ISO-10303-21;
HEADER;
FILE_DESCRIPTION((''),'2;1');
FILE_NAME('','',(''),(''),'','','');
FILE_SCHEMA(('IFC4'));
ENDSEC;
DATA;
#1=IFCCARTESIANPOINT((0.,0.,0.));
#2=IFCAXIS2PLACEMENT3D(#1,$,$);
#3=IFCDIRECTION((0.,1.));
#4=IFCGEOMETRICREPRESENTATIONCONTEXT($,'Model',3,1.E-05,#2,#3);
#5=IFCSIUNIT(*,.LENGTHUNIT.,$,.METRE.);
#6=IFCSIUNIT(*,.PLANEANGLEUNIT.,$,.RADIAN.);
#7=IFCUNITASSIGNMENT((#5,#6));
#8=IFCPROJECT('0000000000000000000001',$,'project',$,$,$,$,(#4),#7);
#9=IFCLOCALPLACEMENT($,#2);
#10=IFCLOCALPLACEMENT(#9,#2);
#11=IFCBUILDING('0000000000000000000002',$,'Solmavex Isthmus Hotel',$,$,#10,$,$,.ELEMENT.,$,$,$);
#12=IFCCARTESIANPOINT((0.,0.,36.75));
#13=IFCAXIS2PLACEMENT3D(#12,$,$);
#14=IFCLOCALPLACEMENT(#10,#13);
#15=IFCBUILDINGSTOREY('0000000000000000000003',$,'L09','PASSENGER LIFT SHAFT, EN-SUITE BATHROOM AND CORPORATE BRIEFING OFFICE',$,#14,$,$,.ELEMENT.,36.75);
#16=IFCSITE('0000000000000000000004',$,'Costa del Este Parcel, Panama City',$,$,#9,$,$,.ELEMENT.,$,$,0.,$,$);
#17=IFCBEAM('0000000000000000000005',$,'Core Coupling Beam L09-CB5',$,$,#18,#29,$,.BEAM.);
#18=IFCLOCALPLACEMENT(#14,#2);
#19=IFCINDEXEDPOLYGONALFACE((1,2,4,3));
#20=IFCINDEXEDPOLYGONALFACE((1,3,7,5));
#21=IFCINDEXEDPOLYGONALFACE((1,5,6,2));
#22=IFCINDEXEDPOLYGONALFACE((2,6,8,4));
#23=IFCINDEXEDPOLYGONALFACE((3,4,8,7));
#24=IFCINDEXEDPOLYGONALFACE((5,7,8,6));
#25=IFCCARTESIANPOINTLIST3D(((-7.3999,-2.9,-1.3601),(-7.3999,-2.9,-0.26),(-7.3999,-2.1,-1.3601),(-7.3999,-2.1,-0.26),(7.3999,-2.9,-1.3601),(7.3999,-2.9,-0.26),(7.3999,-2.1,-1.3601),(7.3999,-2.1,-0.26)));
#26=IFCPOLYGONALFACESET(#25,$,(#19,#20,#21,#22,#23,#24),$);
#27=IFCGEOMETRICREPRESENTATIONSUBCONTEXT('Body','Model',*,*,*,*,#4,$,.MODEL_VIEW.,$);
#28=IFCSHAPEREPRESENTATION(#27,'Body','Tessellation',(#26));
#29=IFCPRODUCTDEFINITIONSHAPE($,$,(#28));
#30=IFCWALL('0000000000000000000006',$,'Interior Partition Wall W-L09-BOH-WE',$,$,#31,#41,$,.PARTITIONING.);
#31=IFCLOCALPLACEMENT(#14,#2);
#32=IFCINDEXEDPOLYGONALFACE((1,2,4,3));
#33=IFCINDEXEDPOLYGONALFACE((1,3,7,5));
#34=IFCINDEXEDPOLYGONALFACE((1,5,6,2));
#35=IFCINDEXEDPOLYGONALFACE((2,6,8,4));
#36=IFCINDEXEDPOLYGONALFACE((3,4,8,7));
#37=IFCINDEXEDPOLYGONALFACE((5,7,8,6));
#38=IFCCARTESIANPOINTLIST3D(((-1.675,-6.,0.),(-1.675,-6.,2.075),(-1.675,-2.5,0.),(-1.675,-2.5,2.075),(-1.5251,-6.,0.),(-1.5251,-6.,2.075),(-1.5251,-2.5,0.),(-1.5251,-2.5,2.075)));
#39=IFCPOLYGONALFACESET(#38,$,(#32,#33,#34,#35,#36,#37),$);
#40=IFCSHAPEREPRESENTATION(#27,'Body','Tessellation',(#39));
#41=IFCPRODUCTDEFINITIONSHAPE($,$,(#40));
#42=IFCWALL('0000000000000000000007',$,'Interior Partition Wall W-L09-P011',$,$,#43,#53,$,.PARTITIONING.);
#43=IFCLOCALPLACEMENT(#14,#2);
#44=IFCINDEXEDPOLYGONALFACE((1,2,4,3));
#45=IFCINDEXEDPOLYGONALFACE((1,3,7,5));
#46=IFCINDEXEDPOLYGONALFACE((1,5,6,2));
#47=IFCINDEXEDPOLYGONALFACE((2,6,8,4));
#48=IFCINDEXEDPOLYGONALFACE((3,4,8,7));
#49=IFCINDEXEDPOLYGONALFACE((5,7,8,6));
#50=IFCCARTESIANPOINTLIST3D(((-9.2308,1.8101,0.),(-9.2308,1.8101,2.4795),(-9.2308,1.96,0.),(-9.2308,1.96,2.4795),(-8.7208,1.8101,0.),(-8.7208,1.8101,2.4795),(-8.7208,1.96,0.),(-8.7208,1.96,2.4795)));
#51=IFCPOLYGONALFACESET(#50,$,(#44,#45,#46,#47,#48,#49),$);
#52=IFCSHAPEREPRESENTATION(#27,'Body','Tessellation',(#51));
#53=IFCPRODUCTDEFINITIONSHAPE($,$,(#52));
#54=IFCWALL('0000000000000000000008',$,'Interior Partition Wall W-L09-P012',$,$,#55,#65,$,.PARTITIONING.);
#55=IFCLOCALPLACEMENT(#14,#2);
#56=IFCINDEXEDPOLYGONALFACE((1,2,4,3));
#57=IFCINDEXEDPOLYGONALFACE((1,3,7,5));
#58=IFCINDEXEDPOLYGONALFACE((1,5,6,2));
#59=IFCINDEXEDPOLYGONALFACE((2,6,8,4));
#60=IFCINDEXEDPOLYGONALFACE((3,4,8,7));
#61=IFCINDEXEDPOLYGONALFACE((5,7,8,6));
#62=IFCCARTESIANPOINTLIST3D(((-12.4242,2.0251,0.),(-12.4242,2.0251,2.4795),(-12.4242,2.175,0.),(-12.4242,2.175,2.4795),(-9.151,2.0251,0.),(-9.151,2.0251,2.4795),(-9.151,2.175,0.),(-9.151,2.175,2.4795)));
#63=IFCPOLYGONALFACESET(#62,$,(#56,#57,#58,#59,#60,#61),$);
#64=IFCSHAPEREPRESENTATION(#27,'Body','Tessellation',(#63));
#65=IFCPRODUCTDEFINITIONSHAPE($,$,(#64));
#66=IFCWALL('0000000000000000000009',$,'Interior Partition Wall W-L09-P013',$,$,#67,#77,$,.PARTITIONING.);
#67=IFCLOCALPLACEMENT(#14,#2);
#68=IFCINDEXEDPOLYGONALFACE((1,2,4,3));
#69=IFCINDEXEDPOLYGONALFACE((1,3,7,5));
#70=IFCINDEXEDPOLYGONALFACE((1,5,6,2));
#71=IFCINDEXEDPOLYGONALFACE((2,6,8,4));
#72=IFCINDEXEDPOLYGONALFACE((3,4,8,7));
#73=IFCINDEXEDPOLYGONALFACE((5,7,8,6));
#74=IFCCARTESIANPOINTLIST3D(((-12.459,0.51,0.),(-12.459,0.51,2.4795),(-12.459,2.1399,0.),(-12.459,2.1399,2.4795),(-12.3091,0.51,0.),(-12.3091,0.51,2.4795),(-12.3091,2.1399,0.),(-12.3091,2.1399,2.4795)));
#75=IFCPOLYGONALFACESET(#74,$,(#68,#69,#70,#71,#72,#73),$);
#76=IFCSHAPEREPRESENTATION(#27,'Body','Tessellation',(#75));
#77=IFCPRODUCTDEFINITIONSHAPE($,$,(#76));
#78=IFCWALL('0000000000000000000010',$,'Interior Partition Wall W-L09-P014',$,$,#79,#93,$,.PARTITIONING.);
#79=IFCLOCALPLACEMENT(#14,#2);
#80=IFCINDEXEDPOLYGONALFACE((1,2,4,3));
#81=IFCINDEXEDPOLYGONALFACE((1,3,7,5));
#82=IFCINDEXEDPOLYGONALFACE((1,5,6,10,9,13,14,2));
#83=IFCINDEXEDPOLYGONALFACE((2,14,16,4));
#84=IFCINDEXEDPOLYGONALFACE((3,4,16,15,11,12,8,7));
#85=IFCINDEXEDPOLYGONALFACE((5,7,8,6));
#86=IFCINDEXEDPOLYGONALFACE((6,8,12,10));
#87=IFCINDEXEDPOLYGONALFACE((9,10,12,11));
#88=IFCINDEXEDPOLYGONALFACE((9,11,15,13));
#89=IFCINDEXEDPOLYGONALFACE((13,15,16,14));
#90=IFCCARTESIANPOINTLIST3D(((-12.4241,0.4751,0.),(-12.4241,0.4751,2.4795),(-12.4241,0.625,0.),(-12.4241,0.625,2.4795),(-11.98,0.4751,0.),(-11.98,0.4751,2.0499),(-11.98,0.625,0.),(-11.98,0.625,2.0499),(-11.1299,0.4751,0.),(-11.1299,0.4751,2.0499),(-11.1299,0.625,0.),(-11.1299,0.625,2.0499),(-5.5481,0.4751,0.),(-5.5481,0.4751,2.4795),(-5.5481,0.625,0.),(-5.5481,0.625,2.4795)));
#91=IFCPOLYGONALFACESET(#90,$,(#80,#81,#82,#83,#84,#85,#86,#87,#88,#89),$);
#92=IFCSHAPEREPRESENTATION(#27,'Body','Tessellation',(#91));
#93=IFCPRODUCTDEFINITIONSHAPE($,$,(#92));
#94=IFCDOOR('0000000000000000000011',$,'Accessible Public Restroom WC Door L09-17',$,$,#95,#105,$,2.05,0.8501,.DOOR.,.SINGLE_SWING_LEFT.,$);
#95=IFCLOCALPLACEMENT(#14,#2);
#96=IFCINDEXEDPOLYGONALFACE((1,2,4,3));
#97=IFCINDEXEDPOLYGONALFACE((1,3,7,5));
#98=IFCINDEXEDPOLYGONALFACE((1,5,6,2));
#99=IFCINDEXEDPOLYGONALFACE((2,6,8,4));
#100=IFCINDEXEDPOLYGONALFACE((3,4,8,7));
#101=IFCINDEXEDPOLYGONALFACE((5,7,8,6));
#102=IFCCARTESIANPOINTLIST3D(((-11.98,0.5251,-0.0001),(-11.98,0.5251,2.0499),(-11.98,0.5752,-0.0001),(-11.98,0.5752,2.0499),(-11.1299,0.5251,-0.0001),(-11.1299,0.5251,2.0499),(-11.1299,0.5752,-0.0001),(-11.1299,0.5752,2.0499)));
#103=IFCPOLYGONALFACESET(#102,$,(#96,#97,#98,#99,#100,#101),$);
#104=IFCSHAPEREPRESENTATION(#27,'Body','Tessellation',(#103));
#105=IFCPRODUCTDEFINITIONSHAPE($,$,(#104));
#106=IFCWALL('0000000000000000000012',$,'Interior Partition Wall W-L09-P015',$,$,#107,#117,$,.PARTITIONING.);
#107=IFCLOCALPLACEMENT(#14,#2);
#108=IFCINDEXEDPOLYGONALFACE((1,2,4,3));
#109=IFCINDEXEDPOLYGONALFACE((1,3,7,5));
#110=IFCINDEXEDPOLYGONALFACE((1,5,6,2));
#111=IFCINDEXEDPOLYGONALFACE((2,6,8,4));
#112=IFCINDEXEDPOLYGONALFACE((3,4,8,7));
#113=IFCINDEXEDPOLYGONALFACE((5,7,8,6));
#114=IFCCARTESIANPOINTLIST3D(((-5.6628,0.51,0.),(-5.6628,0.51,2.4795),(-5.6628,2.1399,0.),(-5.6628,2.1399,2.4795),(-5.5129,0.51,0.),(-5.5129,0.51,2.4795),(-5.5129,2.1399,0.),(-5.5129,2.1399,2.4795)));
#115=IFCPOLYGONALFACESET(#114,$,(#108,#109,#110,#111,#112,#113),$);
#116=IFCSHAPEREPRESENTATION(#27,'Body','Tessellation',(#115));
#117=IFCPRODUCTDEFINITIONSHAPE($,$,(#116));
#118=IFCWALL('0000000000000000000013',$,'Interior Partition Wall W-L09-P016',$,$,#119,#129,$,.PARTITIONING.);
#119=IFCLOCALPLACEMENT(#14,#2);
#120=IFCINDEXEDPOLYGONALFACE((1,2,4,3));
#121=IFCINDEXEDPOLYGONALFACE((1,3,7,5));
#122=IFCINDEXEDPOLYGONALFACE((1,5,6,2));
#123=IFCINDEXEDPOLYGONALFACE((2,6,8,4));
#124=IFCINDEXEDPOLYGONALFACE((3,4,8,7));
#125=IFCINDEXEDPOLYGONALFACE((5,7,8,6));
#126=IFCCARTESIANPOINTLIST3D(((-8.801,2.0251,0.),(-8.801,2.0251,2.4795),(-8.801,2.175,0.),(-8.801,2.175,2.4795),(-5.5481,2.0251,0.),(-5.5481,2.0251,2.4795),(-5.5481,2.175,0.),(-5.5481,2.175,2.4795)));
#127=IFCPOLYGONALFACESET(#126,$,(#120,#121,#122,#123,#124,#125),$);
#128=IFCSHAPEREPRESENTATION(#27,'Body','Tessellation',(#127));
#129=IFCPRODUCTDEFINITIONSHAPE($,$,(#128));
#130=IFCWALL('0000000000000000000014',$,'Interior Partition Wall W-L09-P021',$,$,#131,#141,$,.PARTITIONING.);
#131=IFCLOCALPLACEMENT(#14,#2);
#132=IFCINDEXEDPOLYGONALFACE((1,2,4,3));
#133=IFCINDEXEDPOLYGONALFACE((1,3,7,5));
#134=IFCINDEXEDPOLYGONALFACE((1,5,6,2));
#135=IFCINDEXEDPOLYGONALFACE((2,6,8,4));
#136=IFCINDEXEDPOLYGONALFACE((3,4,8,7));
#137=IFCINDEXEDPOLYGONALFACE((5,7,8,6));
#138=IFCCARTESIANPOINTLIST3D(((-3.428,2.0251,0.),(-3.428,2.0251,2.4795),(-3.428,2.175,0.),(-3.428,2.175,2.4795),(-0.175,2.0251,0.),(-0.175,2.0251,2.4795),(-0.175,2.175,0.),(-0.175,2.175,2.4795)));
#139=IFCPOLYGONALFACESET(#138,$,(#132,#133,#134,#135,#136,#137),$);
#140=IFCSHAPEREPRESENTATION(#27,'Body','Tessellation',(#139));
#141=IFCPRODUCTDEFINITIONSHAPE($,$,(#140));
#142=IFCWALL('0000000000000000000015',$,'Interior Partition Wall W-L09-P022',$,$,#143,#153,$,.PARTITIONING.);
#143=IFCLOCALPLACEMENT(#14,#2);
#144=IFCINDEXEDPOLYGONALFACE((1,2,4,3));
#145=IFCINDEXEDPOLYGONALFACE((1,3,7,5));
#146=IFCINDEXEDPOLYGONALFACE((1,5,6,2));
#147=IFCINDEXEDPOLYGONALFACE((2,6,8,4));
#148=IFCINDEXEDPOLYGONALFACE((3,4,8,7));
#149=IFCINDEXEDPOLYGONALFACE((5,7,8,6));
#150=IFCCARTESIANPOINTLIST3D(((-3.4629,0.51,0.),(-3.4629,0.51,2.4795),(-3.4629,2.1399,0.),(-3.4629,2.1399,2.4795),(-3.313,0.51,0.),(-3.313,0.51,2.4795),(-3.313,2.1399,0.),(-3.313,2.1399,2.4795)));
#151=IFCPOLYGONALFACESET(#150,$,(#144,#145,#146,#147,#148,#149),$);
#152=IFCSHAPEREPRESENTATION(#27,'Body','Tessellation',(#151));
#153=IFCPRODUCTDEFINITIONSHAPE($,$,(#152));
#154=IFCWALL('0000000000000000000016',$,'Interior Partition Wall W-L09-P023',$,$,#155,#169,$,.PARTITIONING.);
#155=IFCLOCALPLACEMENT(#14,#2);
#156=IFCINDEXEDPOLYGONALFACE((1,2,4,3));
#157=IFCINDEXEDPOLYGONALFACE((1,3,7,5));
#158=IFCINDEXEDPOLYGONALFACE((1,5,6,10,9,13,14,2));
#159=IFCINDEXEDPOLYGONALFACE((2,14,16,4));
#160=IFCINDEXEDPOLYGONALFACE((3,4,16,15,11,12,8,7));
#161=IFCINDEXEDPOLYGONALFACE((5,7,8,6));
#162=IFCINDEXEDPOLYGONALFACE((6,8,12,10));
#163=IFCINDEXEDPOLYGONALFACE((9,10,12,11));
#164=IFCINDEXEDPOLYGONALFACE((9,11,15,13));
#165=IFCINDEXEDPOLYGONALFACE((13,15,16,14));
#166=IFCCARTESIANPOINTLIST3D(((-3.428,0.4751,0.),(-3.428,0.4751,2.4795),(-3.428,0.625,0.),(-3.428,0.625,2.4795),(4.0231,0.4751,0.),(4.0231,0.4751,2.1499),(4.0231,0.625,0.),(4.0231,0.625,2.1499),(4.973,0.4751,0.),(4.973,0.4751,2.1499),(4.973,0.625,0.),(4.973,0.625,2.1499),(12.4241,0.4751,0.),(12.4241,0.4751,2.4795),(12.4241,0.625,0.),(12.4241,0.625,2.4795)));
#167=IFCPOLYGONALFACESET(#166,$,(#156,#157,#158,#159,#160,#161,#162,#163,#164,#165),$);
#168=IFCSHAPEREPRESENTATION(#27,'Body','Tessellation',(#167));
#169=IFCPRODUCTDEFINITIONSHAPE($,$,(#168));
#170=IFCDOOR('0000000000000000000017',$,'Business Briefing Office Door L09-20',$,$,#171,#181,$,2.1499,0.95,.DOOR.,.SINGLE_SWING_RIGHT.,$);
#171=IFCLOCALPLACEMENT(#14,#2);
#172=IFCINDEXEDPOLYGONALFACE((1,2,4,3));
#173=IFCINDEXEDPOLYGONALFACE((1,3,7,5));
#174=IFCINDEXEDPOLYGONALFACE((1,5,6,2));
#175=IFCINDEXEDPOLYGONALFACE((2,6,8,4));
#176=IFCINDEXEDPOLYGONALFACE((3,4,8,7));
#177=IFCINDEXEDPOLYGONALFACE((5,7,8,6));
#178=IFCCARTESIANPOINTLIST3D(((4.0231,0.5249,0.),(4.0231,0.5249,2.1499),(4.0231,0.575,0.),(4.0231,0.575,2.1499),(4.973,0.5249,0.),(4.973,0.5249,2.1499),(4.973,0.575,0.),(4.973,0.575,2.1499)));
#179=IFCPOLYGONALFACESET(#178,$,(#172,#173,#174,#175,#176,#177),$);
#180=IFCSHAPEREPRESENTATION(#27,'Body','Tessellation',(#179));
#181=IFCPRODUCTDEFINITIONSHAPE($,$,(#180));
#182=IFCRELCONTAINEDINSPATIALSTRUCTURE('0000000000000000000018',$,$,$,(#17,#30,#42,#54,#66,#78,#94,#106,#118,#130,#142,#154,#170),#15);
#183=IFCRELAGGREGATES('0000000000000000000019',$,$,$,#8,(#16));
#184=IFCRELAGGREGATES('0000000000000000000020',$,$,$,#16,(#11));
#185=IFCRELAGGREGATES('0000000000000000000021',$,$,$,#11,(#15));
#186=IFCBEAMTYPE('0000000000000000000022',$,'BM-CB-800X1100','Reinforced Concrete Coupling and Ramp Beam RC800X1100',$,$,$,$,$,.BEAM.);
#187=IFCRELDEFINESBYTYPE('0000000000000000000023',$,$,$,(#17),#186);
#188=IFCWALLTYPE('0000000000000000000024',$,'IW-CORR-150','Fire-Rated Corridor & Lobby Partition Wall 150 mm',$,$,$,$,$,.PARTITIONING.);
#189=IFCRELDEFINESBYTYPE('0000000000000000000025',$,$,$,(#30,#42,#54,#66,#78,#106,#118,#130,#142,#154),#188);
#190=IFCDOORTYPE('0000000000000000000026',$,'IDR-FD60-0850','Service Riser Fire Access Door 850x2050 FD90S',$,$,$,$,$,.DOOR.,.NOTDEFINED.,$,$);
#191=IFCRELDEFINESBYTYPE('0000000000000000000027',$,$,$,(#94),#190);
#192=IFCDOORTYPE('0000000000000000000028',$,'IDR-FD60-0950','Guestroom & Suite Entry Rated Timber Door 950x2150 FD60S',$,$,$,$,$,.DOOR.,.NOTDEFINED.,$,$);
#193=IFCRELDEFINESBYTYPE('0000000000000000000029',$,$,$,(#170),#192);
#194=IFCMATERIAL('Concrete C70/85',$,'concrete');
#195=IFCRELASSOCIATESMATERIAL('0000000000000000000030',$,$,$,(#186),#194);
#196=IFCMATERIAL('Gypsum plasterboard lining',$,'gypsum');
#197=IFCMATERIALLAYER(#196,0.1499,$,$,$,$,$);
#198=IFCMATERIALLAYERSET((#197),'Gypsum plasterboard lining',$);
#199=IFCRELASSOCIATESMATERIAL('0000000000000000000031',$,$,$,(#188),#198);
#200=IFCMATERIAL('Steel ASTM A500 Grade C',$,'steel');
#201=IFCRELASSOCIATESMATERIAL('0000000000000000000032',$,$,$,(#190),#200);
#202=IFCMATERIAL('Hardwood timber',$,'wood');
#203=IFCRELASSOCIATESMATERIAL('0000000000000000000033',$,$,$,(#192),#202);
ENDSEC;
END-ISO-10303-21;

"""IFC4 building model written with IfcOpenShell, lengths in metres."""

from ifc_helpers import new_model, si_unit, direction, frame, frame_2d, origin, origin_2d, place, context, subcontext, project, spatial, rectangle, extrude, material, layer, layer_set, material_profile, profile_set, type_object, element, fill, save


model = new_model("IFC4")

# Units and contexts
model_context = context("Model", 3, precision=1e-05, world=origin(), true_north=direction((0.0, 1.0)))
body_context = subcontext(model_context, "Body", "Model", "MODEL_VIEW")
ifc_project = project(units=[si_unit("LENGTHUNIT", "METRE"), si_unit("PLANEANGLEUNIT", "RADIAN")], contexts=[model_context])

# Site, building, storey
site_placement = place(None, origin())
site = spatial("IfcSite", under=ifc_project, at=site_placement, Name="Costa del Este Parcel, Panama City", CompositionType="ELEMENT", RefElevation=0.0)
building_placement = place(site_placement, origin())
building = spatial("IfcBuilding", under=site, at=building_placement, Name="Solmavex Isthmus Hotel", CompositionType="ELEMENT")
storey_placement = place(building_placement, frame((0.0, 0.0, 36.75)))
storey = spatial("IfcBuildingStorey", under=building, at=storey_placement, Name="L09", Description="PASSENGER LIFT SHAFT, EN-SUITE BATHROOM AND CORPORATE BRIEFING OFFICE", CompositionType="ELEMENT", Elevation=36.75)

# Shared definitions
ifc_material_1 = material(Name="Concrete C70/85", Category="concrete")

# Beam
ifc_material_profile_1 = material_profile(ifc_material_1, rectangle(XDim=0.8, YDim=1.1001, at=origin_2d()), Name="RC800X1100")
ifc_profile_set_1 = profile_set([ifc_material_profile_1], Name="Concrete C70/85")
beam_type_1 = type_object("IfcBeamType", Name="BM-CB-800X1100", Description="Reinforced Concrete Coupling and Ramp Beam RC800X1100", PredefinedType="BEAM", material=ifc_profile_set_1)
beam_1_placement = place(storey_placement, frame((-7.3999, -2.5, -0.8101), z_axis=(1.0, 0.0, 0.0), x_axis=(0.0, 1.0, 0.0)))
element("IfcBeam", 1, at=beam_1_placement, inside=storey, type_object=beam_type_1, Name="Core Coupling Beam L09-CB5", PredefinedType="BEAM", context=body_context, shape_type="SweptSolid", body=[
    extrude(rectangle(XDim=0.8, YDim=1.1001, at=origin_2d()), origin(), (0.0, 0.0, 1.0), 14.7998),
])

# Walls
ifc_material_2 = material(Name="Gypsum plasterboard lining", Category="gypsum")
ifc_layer_1 = layer(ifc_material_2, 0.1499)
ifc_layer_set_1 = layer_set([ifc_layer_1], Name="Gypsum plasterboard lining")
wall_type_1 = type_object("IfcWallType", Name="IW-CORR-150", Description="Fire-Rated Corridor & Lobby Partition Wall 150 mm", PredefinedType="PARTITIONING", material=ifc_layer_set_1)
wall_1_placement = place(storey_placement, frame((-1.6001, -6.0, 0.0), z_axis=(0.0, 0.0, 1.0), x_axis=(0.0, 1.0, 0.0)))
element("IfcWall", 2, at=wall_1_placement, inside=storey, type_object=wall_type_1, Name="Interior Partition Wall W-L09-BOH-WE", PredefinedType="PARTITIONING", context=body_context, shape_type="SweptSolid", body=[
    extrude(rectangle(XDim=3.5, YDim=0.1499, at=frame_2d((1.75, 0.0))), origin(), (0.0, 0.0, 1.0), 2.075),
])
wall_2_placement = place(storey_placement, frame((-8.7209, 1.885, 0.0), z_axis=(0.0, 0.0, 1.0), x_axis=(-1.0, 0.0, 0.0)))
element("IfcWall", 3, at=wall_2_placement, inside=storey, type_object=wall_type_1, Name="Interior Partition Wall W-L09-P011", PredefinedType="PARTITIONING", context=body_context, shape_type="SweptSolid", body=[
    extrude(rectangle(XDim=0.51, YDim=0.1499, at=frame_2d((0.2549, 0.0))), origin(), (0.0, 0.0, 1.0), 2.4795),
])
wall_3_placement = place(storey_placement, frame((-9.1509, 2.1001, 0.0), z_axis=(0.0, 0.0, 1.0), x_axis=(-1.0, 0.0, 0.0)))
element("IfcWall", 4, at=wall_3_placement, inside=storey, type_object=wall_type_1, Name="Interior Partition Wall W-L09-P012", PredefinedType="PARTITIONING", context=body_context, shape_type="SweptSolid", body=[
    extrude(rectangle(XDim=3.2732, YDim=0.1499, at=frame_2d((1.6367, 0.0))), origin(), (0.0, 0.0, 1.0), 2.4795),
])
wall_4_placement = place(storey_placement, frame((-12.384, 2.1399, 0.0), z_axis=(0.0, 0.0, 1.0), x_axis=(0.0, -1.0, 0.0)))
element("IfcWall", 5, at=wall_4_placement, inside=storey, type_object=wall_type_1, Name="Interior Partition Wall W-L09-P013", PredefinedType="PARTITIONING", context=body_context, shape_type="SweptSolid", body=[
    extrude(rectangle(XDim=1.6299, YDim=0.1499, at=frame_2d((0.8149, 0.0))), origin(), (0.0, 0.0, 1.0), 2.4795),
])

# Wall, opening, door
wall_5_placement = place(storey_placement, frame((-12.4241, 0.55, 0.0), z_axis=(0.0, 0.0, 1.0), x_axis=(1.0, 0.0, 0.0)))
wall_5 = element("IfcWall", 6, at=wall_5_placement, inside=storey, type_object=wall_type_1, Name="Interior Partition Wall W-L09-P014", PredefinedType="PARTITIONING", context=body_context, shape_type="SweptSolid", body=[
    extrude(rectangle(XDim=6.876, YDim=0.1499, at=frame_2d((3.438, 0.0))), origin(), (0.0, 0.0, 1.0), 2.4795),
])
opening_1_placement = place(wall_5_placement, frame((0.4441, 0.0, 0.0)))
opening_1 = element("IfcOpeningElement", 7, at=opening_1_placement, cuts=wall_5, PredefinedType="OPENING", context=body_context, shape_type="SweptSolid", body=[
    extrude(rectangle(XDim=0.8501, YDim=2.05, at=frame_2d((0.425, 1.0249))), frame((0.0, 0.085, 0.0), z_axis=(0.0, -1.0, 0.0), x_axis=(1.0, 0.0, 0.0)), (0.0, 0.0, 1.0), 0.1699),
])
ifc_material_3 = material(Name="Steel ASTM A500 Grade C", Category="steel")
door_type_1 = type_object("IfcDoorType", Name="IDR-FD60-0850", Description="Service Riser Fire Access Door 850x2050 FD90S", OperationType="NOTDEFINED", PredefinedType="DOOR", material=ifc_material_3)
door_1_placement = place(opening_1_placement, frame((0.8501, 0.0, 0.0), z_axis=(0.0, 0.0, 1.0), x_axis=(-1.0, 0.0, 0.0)))
door_1 = element("IfcDoor", 8, at=door_1_placement, inside=storey, type_object=door_type_1, Name="Accessible Public Restroom WC Door L09-17", OperationType="SINGLE_SWING_LEFT", OverallHeight=2.05, OverallWidth=0.8501, PredefinedType="DOOR", context=body_context, shape_type="SweptSolid", body=[
    extrude(rectangle(XDim=0.8501, YDim=2.05, at=frame_2d((0.425, 1.0249))), frame((0.0, 0.0249, 0.0), z_axis=(0.0, -1.0, 0.0), x_axis=(1.0, 0.0, 0.0)), (0.0, 0.0, 1.0), 0.05),
])
fill(opening_1, door_1)

# Walls
wall_6_placement = place(storey_placement, frame((-5.5879, 0.51, 0.0), z_axis=(0.0, 0.0, 1.0), x_axis=(0.0, 1.0, 0.0)))
element("IfcWall", 9, at=wall_6_placement, inside=storey, type_object=wall_type_1, Name="Interior Partition Wall W-L09-P015", PredefinedType="PARTITIONING", context=body_context, shape_type="SweptSolid", body=[
    extrude(rectangle(XDim=1.6299, YDim=0.1499, at=frame_2d((0.8149, 0.0))), origin(), (0.0, 0.0, 1.0), 2.4795),
])
for number, where, z_axis, x_axis, name in (
    (10, (-5.5481, 2.1001, 0.0), (0.0, 0.0, 1.0), (-1.0, 0.0, 0.0), "Interior Partition Wall W-L09-P016"),
    (11, (-0.175, 2.1001, 0.0), (0.0, 0.0, 1.0), (-1.0, 0.0, 0.0), "Interior Partition Wall W-L09-P021"),
):
    element("IfcWall", number, at=place(storey_placement, frame(where, z_axis=z_axis, x_axis=x_axis)), inside=storey, type_object=wall_type_1, Name=name, PredefinedType="PARTITIONING", context=body_context, shape_type="SweptSolid", body=[
        extrude(rectangle(XDim=3.2529, YDim=0.1499, at=frame_2d((1.6265, 0.0))), origin(), (0.0, 0.0, 1.0), 2.4795),
    ])
wall_7_placement = place(storey_placement, frame((-3.3879, 2.1399, 0.0), z_axis=(0.0, 0.0, 1.0), x_axis=(0.0, -1.0, 0.0)))
element("IfcWall", 12, at=wall_7_placement, inside=storey, type_object=wall_type_1, Name="Interior Partition Wall W-L09-P022", PredefinedType="PARTITIONING", context=body_context, shape_type="SweptSolid", body=[
    extrude(rectangle(XDim=1.6299, YDim=0.1499, at=frame_2d((0.8149, 0.0))), origin(), (0.0, 0.0, 1.0), 2.4795),
])

# Wall, opening, door
wall_8_placement = place(storey_placement, frame((-3.428, 0.55, 0.0), z_axis=(0.0, 0.0, 1.0), x_axis=(1.0, 0.0, 0.0)))
wall_8 = element("IfcWall", 13, at=wall_8_placement, inside=storey, type_object=wall_type_1, Name="Interior Partition Wall W-L09-P023", PredefinedType="PARTITIONING", context=body_context, shape_type="SweptSolid", body=[
    extrude(rectangle(XDim=15.8521, YDim=0.1499, at=frame_2d((7.926, 0.0))), origin(), (0.0, 0.0, 1.0), 2.4795),
])
opening_2_placement = place(wall_8_placement, frame((7.4509, 0.0, 0.0)))
opening_2 = element("IfcOpeningElement", 14, at=opening_2_placement, cuts=wall_8, PredefinedType="OPENING", context=body_context, shape_type="SweptSolid", body=[
    extrude(rectangle(XDim=0.95, YDim=2.1499, at=frame_2d((0.4751, 1.075))), frame((0.0, 0.085, 0.0), z_axis=(0.0, -1.0, 0.0), x_axis=(1.0, 0.0, 0.0)), (0.0, 0.0, 1.0), 0.1699),
])
ifc_material_4 = material(Name="Hardwood timber", Category="wood")
door_type_2 = type_object("IfcDoorType", Name="IDR-FD60-0950", Description="Guestroom & Suite Entry Rated Timber Door 950x2150 FD60S", OperationType="NOTDEFINED", PredefinedType="DOOR", material=ifc_material_4)
door_2_placement = place(opening_2_placement, origin())
door_2 = element("IfcDoor", 15, at=door_2_placement, inside=storey, type_object=door_type_2, Name="Business Briefing Office Door L09-20", OperationType="SINGLE_SWING_RIGHT", OverallHeight=2.1499, OverallWidth=0.95, PredefinedType="DOOR", context=body_context, shape_type="SweptSolid", body=[
    extrude(rectangle(XDim=0.95, YDim=2.1499, at=frame_2d((0.4751, 1.075))), frame((0.0, 0.0249, 0.0), z_axis=(0.0, -1.0, 0.0), x_axis=(1.0, 0.0, 0.0)), (0.0, 0.0, 1.0), 0.05),
])
fill(opening_2, door_2)

save(model, "model.ifc")
